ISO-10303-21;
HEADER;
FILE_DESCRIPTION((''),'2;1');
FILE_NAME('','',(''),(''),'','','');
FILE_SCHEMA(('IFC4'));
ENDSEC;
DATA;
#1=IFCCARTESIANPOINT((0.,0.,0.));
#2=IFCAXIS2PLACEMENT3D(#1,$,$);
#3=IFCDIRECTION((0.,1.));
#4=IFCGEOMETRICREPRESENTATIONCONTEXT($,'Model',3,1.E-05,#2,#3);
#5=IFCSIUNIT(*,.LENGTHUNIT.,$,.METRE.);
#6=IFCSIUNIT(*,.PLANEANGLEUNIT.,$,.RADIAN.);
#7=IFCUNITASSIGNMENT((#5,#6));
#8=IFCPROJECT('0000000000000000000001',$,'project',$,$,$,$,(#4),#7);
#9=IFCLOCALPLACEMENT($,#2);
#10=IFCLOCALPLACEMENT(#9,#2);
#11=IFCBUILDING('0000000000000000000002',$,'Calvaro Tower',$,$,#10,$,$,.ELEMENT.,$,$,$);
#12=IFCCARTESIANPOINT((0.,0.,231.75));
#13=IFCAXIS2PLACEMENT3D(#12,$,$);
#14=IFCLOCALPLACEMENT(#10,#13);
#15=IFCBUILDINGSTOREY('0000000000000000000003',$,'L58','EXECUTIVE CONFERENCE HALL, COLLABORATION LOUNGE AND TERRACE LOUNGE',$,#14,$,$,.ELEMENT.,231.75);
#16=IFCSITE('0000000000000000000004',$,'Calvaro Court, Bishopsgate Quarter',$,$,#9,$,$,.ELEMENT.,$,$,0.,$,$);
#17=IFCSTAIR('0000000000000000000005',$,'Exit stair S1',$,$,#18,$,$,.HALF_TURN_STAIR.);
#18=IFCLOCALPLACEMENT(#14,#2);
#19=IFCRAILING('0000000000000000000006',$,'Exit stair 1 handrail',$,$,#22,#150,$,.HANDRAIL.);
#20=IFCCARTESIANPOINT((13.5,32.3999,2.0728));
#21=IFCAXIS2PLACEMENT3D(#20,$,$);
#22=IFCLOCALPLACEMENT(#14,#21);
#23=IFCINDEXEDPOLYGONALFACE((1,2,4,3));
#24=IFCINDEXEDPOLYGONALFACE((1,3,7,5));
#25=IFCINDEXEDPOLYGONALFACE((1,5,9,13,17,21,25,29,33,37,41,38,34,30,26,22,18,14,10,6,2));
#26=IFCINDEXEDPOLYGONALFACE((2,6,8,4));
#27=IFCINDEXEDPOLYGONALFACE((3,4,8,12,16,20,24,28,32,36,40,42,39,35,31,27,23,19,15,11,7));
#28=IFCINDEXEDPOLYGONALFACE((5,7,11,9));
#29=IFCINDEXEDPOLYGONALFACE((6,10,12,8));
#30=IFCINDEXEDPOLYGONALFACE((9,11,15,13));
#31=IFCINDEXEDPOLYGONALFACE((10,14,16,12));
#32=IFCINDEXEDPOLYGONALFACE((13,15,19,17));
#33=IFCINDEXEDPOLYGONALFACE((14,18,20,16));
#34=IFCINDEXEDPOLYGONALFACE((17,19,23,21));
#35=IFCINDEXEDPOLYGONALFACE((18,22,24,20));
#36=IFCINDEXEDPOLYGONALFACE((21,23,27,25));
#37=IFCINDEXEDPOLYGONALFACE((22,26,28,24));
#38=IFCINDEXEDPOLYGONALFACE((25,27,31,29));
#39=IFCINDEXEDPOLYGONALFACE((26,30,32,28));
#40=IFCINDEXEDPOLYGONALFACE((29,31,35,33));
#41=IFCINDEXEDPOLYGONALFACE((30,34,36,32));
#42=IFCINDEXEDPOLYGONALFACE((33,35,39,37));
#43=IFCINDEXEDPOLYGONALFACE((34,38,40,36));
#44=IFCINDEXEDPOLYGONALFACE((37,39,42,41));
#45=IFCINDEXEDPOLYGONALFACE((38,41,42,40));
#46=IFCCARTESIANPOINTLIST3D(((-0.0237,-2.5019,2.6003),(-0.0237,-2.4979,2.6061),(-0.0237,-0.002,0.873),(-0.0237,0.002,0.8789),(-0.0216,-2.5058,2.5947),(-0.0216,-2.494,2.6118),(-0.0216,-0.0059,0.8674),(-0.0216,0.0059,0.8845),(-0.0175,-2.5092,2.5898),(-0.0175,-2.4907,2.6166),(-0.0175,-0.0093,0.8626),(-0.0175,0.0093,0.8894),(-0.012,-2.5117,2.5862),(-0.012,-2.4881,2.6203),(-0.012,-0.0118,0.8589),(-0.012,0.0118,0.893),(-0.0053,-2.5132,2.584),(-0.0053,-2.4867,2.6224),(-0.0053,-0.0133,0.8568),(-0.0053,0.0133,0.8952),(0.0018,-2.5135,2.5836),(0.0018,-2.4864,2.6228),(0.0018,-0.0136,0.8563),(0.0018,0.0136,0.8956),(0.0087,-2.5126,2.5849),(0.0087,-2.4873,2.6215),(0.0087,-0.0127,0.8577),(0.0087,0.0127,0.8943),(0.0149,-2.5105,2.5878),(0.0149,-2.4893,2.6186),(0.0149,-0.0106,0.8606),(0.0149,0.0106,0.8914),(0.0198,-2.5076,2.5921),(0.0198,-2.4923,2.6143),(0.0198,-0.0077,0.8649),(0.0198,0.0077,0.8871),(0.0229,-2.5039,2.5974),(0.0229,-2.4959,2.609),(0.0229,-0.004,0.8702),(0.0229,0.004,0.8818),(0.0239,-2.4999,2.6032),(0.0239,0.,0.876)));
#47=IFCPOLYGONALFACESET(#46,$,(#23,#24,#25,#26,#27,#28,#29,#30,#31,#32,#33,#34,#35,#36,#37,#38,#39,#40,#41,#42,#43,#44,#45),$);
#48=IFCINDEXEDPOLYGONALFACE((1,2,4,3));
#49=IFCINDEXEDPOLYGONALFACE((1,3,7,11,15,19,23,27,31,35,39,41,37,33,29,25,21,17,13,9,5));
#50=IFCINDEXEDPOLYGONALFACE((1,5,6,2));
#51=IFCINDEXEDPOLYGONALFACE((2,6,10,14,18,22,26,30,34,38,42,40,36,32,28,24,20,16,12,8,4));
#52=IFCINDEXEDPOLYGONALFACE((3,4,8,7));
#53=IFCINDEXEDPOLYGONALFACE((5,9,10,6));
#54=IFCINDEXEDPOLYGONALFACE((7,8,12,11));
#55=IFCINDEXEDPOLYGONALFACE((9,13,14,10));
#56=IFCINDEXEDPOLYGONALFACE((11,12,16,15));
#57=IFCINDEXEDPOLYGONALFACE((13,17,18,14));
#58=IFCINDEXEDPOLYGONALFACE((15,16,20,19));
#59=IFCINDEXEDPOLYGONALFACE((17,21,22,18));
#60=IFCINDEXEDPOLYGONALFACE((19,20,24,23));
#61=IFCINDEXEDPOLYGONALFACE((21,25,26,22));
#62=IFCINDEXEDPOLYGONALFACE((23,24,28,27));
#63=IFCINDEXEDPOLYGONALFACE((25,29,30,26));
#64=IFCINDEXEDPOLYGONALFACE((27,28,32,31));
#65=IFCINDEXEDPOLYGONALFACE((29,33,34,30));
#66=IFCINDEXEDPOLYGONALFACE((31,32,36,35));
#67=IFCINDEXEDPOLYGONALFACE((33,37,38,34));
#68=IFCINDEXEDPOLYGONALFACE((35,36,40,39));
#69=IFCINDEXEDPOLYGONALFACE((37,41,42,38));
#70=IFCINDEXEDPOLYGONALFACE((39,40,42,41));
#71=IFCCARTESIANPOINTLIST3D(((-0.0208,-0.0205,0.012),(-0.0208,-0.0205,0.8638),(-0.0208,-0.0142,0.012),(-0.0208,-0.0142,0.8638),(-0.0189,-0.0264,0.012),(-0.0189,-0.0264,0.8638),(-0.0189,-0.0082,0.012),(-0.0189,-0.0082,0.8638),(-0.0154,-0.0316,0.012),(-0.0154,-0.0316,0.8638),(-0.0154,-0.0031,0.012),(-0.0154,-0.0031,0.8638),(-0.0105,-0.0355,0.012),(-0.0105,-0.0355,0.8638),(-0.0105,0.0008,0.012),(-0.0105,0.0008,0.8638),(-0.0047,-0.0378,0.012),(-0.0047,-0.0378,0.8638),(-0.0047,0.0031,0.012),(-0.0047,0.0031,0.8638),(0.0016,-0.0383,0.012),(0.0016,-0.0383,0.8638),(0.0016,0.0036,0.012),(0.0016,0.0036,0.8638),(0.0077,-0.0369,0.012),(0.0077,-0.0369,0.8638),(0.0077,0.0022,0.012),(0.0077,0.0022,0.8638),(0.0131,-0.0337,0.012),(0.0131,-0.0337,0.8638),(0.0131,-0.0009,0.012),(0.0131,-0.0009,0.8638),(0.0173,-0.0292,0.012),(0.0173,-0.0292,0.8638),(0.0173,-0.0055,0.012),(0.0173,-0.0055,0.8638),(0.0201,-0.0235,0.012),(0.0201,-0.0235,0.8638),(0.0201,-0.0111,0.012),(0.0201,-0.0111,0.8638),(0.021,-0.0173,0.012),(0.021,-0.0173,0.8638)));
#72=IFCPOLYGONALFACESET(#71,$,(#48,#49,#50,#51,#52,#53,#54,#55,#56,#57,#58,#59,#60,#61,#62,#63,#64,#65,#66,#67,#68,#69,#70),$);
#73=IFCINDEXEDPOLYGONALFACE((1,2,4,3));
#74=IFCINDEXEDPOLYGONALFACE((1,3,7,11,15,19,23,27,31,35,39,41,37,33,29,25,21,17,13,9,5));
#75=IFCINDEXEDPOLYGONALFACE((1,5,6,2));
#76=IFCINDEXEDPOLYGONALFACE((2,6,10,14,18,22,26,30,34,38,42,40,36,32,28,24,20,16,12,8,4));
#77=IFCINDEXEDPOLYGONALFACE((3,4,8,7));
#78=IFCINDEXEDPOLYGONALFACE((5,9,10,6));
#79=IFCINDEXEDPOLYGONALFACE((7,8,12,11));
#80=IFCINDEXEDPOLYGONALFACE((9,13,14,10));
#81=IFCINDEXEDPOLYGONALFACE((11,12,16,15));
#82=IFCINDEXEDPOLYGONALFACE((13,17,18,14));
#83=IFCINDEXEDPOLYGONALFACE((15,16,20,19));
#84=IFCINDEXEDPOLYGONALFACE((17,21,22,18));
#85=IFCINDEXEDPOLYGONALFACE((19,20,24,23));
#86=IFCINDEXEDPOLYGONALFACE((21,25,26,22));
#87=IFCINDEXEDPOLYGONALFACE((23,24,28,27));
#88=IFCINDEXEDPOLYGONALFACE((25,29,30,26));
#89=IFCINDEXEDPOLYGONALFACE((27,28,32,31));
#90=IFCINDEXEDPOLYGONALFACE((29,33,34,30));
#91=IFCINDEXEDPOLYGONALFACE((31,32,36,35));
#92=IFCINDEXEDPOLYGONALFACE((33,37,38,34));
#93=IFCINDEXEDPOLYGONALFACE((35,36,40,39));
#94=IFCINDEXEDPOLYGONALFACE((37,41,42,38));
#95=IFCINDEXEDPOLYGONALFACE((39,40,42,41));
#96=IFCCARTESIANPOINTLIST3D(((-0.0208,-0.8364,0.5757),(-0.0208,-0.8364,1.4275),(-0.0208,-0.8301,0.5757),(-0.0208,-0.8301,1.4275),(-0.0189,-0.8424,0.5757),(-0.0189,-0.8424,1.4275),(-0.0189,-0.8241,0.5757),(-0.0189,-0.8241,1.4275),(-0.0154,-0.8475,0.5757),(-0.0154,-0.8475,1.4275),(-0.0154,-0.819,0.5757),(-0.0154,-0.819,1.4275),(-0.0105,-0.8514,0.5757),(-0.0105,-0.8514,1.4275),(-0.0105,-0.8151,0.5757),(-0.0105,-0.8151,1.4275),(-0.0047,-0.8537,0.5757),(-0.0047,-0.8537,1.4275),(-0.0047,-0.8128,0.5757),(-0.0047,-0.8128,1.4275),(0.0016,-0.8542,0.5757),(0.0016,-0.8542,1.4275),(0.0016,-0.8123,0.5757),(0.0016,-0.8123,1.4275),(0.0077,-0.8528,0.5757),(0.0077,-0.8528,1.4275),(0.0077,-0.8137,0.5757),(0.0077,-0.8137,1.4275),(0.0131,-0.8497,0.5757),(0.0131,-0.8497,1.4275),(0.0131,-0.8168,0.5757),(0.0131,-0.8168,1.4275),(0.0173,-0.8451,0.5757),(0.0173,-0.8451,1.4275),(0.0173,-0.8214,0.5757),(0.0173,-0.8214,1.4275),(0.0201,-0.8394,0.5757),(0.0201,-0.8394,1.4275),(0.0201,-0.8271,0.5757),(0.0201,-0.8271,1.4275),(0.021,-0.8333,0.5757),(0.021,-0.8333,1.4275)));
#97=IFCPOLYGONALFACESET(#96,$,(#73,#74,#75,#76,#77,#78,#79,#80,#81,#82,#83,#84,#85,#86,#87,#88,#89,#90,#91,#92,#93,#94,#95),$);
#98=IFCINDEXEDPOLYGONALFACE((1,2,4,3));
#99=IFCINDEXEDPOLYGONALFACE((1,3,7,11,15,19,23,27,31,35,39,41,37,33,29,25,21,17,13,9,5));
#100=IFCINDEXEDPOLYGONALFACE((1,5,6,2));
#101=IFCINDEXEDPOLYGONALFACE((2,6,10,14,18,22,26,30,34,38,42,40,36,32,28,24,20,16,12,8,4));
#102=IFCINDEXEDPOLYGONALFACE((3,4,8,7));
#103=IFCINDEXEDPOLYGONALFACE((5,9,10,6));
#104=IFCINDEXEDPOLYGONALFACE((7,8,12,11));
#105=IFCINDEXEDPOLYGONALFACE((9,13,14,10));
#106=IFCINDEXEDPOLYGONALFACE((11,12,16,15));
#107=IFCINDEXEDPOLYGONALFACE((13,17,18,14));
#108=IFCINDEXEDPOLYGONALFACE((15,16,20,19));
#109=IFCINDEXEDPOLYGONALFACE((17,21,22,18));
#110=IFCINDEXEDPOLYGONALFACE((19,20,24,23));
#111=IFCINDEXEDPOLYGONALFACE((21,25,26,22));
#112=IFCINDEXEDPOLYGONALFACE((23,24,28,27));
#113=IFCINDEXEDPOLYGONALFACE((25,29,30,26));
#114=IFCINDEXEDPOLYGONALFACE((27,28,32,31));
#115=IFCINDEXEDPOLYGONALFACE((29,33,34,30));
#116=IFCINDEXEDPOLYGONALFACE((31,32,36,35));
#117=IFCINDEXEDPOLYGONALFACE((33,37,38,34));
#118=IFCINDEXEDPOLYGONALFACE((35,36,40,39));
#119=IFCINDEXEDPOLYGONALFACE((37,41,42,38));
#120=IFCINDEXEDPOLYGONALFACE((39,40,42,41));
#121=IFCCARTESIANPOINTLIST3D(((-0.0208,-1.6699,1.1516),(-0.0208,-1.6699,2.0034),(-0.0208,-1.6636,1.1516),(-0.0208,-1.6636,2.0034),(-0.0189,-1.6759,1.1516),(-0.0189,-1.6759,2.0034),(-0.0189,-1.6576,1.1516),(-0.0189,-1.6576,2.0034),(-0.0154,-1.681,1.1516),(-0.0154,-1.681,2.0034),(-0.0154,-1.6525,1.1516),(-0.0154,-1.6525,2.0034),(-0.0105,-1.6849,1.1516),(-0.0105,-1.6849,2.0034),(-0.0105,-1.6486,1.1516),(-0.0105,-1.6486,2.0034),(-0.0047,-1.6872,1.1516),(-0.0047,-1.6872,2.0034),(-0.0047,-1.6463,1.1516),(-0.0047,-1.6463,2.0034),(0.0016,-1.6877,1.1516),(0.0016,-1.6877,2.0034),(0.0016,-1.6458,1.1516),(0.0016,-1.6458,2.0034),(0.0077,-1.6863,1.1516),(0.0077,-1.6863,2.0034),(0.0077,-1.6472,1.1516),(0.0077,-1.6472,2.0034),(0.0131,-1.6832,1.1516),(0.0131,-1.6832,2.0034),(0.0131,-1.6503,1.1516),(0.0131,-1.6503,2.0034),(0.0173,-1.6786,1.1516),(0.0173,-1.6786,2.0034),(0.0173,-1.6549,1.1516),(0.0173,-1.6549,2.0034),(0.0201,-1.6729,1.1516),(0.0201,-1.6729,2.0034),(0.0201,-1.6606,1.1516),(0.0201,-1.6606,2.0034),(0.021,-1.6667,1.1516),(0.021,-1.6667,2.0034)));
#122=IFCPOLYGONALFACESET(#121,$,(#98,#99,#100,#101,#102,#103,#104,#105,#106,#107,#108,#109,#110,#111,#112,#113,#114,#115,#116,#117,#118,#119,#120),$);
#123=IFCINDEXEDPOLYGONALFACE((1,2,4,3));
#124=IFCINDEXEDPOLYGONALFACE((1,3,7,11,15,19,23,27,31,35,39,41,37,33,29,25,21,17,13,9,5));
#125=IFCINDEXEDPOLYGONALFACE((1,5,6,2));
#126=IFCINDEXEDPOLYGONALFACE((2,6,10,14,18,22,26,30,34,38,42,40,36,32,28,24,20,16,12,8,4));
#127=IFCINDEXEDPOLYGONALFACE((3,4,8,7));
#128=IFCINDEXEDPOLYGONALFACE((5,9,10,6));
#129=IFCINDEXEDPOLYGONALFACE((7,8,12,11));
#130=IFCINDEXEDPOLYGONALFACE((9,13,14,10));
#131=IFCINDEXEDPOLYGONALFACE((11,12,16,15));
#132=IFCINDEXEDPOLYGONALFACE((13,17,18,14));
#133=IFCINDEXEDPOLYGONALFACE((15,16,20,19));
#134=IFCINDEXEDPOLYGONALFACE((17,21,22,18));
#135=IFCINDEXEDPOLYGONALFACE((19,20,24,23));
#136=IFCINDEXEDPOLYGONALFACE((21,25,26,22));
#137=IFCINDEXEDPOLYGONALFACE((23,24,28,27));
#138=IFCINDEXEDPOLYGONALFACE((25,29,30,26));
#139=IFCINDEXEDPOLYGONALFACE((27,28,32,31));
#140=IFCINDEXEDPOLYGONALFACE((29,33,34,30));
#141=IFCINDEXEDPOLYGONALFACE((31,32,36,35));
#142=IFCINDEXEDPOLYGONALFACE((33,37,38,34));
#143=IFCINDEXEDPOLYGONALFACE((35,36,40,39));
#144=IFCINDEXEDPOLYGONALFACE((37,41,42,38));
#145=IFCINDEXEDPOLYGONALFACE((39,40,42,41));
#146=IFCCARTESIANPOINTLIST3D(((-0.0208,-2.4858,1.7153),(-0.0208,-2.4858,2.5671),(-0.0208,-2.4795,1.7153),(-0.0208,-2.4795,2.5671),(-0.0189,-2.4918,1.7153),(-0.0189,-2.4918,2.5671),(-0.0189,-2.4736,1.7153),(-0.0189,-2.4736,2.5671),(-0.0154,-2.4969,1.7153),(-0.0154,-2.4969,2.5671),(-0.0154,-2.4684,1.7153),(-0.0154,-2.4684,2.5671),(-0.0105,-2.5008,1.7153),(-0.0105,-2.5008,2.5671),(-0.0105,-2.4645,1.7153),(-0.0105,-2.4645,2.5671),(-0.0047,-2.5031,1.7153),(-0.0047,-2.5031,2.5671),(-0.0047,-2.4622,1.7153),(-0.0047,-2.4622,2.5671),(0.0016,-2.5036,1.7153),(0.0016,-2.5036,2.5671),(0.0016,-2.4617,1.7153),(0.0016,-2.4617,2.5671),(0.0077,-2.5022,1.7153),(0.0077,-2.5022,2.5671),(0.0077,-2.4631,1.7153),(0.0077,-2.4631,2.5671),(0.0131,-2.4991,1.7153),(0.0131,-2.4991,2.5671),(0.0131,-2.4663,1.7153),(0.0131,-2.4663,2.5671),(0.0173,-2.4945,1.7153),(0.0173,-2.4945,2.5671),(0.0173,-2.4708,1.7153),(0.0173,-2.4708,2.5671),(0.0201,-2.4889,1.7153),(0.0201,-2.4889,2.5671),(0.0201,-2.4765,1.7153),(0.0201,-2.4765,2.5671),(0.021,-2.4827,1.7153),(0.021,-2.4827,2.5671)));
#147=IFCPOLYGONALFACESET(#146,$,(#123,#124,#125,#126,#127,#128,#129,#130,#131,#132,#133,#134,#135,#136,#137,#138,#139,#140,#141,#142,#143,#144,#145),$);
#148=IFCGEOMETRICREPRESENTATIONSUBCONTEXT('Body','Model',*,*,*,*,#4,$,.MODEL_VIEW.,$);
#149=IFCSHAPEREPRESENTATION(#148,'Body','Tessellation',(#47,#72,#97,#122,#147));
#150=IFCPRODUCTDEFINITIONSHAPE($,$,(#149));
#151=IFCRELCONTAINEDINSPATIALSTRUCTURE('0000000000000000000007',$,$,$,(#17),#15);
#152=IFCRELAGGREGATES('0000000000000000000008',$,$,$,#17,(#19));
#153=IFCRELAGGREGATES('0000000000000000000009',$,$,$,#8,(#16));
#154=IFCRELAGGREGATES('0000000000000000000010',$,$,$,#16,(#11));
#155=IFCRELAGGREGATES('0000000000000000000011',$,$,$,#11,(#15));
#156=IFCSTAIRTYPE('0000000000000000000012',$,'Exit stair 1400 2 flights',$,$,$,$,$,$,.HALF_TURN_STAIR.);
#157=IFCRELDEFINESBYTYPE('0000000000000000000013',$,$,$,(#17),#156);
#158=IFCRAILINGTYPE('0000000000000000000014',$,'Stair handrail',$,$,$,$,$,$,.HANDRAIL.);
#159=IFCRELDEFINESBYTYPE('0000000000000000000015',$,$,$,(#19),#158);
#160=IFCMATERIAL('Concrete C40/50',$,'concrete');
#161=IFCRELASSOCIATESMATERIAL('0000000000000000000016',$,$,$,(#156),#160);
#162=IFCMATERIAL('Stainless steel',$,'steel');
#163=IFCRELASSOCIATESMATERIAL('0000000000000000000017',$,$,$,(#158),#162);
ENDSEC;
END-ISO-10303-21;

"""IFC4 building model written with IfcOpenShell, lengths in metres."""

from ifc_helpers import new_model, si_unit, direction, frame, origin, origin_2d, place, context, subcontext, project, spatial, circle, extrude, material, type_object, element, aggregate, save


model = new_model("IFC4")

# Units and contexts
model_context = context("Model", 3, precision=1e-05, world=origin(), true_north=direction((0.0, 1.0)))
body_context = subcontext(model_context, "Body", "Model", "MODEL_VIEW")
ifc_project = project(units=[si_unit("LENGTHUNIT", "METRE"), si_unit("PLANEANGLEUNIT", "RADIAN")], contexts=[model_context])

# Site, building, storey
site_placement = place(None, origin())
site = spatial("IfcSite", under=ifc_project, at=site_placement, Name="Calvaro Court, Bishopsgate Quarter", CompositionType="ELEMENT", RefElevation=0.0)
building_placement = place(site_placement, origin())
building = spatial("IfcBuilding", under=site, at=building_placement, Name="Calvaro Tower", CompositionType="ELEMENT")
storey_placement = place(building_placement, frame((0.0, 0.0, 231.75)))
storey = spatial("IfcBuildingStorey", under=building, at=storey_placement, Name="L58", Description="EXECUTIVE CONFERENCE HALL, COLLABORATION LOUNGE AND TERRACE LOUNGE", CompositionType="ELEMENT", Elevation=231.75)

# Stair
ifc_material_1 = material(Name="Concrete C40/50", Category="concrete")
stair_type = type_object("IfcStairType", Name="Exit stair 1400 2 flights", PredefinedType="HALF_TURN_STAIR", material=ifc_material_1)
stair_1_placement = place(storey_placement, origin())
stair_1 = element("IfcStair", 1, at=stair_1_placement, inside=storey, type_object=stair_type, Name="Exit stair S1", PredefinedType="HALF_TURN_STAIR")

# Railing
ifc_material_2 = material(Name="Stainless steel", Category="steel")
railing_type = type_object("IfcRailingType", Name="Stair handrail", PredefinedType="HANDRAIL", material=ifc_material_2)
railing_1_placement = place(storey_placement, frame((13.5, 32.3999, 2.0728)))
railing_1 = element("IfcRailing", 2, at=railing_1_placement, type_object=railing_type, Name="Exit stair 1 handrail", PredefinedType="HANDRAIL", context=body_context, shape_type="SweptSolid", body=[
    extrude(circle(Radius=0.0239, at=origin_2d()), frame((0.0, 0.0, 0.876), z_axis=(0.0, -0.822727, 0.568437), x_axis=(1.0, 0.0, 0.0)), (0.0, 0.0, 1.0), 3.0386),
    extrude(circle(Radius=0.021, at=origin_2d()), frame((0.0, -0.0173, 0.012)), (0.0, 0.0, 1.0), 0.8518),
    extrude(circle(Radius=0.021, at=origin_2d()), frame((0.0, -0.8333, 0.5757)), (0.0, 0.0, 1.0), 0.8518),
    extrude(circle(Radius=0.021, at=origin_2d()), frame((0.0, -1.6667, 1.1516)), (0.0, 0.0, 1.0), 0.8518),
    extrude(circle(Radius=0.021, at=origin_2d()), frame((0.0, -2.4827, 1.7153)), (0.0, 0.0, 1.0), 0.8518),
])
aggregate(stair_1, [railing_1])

save(model, "model.ifc")
